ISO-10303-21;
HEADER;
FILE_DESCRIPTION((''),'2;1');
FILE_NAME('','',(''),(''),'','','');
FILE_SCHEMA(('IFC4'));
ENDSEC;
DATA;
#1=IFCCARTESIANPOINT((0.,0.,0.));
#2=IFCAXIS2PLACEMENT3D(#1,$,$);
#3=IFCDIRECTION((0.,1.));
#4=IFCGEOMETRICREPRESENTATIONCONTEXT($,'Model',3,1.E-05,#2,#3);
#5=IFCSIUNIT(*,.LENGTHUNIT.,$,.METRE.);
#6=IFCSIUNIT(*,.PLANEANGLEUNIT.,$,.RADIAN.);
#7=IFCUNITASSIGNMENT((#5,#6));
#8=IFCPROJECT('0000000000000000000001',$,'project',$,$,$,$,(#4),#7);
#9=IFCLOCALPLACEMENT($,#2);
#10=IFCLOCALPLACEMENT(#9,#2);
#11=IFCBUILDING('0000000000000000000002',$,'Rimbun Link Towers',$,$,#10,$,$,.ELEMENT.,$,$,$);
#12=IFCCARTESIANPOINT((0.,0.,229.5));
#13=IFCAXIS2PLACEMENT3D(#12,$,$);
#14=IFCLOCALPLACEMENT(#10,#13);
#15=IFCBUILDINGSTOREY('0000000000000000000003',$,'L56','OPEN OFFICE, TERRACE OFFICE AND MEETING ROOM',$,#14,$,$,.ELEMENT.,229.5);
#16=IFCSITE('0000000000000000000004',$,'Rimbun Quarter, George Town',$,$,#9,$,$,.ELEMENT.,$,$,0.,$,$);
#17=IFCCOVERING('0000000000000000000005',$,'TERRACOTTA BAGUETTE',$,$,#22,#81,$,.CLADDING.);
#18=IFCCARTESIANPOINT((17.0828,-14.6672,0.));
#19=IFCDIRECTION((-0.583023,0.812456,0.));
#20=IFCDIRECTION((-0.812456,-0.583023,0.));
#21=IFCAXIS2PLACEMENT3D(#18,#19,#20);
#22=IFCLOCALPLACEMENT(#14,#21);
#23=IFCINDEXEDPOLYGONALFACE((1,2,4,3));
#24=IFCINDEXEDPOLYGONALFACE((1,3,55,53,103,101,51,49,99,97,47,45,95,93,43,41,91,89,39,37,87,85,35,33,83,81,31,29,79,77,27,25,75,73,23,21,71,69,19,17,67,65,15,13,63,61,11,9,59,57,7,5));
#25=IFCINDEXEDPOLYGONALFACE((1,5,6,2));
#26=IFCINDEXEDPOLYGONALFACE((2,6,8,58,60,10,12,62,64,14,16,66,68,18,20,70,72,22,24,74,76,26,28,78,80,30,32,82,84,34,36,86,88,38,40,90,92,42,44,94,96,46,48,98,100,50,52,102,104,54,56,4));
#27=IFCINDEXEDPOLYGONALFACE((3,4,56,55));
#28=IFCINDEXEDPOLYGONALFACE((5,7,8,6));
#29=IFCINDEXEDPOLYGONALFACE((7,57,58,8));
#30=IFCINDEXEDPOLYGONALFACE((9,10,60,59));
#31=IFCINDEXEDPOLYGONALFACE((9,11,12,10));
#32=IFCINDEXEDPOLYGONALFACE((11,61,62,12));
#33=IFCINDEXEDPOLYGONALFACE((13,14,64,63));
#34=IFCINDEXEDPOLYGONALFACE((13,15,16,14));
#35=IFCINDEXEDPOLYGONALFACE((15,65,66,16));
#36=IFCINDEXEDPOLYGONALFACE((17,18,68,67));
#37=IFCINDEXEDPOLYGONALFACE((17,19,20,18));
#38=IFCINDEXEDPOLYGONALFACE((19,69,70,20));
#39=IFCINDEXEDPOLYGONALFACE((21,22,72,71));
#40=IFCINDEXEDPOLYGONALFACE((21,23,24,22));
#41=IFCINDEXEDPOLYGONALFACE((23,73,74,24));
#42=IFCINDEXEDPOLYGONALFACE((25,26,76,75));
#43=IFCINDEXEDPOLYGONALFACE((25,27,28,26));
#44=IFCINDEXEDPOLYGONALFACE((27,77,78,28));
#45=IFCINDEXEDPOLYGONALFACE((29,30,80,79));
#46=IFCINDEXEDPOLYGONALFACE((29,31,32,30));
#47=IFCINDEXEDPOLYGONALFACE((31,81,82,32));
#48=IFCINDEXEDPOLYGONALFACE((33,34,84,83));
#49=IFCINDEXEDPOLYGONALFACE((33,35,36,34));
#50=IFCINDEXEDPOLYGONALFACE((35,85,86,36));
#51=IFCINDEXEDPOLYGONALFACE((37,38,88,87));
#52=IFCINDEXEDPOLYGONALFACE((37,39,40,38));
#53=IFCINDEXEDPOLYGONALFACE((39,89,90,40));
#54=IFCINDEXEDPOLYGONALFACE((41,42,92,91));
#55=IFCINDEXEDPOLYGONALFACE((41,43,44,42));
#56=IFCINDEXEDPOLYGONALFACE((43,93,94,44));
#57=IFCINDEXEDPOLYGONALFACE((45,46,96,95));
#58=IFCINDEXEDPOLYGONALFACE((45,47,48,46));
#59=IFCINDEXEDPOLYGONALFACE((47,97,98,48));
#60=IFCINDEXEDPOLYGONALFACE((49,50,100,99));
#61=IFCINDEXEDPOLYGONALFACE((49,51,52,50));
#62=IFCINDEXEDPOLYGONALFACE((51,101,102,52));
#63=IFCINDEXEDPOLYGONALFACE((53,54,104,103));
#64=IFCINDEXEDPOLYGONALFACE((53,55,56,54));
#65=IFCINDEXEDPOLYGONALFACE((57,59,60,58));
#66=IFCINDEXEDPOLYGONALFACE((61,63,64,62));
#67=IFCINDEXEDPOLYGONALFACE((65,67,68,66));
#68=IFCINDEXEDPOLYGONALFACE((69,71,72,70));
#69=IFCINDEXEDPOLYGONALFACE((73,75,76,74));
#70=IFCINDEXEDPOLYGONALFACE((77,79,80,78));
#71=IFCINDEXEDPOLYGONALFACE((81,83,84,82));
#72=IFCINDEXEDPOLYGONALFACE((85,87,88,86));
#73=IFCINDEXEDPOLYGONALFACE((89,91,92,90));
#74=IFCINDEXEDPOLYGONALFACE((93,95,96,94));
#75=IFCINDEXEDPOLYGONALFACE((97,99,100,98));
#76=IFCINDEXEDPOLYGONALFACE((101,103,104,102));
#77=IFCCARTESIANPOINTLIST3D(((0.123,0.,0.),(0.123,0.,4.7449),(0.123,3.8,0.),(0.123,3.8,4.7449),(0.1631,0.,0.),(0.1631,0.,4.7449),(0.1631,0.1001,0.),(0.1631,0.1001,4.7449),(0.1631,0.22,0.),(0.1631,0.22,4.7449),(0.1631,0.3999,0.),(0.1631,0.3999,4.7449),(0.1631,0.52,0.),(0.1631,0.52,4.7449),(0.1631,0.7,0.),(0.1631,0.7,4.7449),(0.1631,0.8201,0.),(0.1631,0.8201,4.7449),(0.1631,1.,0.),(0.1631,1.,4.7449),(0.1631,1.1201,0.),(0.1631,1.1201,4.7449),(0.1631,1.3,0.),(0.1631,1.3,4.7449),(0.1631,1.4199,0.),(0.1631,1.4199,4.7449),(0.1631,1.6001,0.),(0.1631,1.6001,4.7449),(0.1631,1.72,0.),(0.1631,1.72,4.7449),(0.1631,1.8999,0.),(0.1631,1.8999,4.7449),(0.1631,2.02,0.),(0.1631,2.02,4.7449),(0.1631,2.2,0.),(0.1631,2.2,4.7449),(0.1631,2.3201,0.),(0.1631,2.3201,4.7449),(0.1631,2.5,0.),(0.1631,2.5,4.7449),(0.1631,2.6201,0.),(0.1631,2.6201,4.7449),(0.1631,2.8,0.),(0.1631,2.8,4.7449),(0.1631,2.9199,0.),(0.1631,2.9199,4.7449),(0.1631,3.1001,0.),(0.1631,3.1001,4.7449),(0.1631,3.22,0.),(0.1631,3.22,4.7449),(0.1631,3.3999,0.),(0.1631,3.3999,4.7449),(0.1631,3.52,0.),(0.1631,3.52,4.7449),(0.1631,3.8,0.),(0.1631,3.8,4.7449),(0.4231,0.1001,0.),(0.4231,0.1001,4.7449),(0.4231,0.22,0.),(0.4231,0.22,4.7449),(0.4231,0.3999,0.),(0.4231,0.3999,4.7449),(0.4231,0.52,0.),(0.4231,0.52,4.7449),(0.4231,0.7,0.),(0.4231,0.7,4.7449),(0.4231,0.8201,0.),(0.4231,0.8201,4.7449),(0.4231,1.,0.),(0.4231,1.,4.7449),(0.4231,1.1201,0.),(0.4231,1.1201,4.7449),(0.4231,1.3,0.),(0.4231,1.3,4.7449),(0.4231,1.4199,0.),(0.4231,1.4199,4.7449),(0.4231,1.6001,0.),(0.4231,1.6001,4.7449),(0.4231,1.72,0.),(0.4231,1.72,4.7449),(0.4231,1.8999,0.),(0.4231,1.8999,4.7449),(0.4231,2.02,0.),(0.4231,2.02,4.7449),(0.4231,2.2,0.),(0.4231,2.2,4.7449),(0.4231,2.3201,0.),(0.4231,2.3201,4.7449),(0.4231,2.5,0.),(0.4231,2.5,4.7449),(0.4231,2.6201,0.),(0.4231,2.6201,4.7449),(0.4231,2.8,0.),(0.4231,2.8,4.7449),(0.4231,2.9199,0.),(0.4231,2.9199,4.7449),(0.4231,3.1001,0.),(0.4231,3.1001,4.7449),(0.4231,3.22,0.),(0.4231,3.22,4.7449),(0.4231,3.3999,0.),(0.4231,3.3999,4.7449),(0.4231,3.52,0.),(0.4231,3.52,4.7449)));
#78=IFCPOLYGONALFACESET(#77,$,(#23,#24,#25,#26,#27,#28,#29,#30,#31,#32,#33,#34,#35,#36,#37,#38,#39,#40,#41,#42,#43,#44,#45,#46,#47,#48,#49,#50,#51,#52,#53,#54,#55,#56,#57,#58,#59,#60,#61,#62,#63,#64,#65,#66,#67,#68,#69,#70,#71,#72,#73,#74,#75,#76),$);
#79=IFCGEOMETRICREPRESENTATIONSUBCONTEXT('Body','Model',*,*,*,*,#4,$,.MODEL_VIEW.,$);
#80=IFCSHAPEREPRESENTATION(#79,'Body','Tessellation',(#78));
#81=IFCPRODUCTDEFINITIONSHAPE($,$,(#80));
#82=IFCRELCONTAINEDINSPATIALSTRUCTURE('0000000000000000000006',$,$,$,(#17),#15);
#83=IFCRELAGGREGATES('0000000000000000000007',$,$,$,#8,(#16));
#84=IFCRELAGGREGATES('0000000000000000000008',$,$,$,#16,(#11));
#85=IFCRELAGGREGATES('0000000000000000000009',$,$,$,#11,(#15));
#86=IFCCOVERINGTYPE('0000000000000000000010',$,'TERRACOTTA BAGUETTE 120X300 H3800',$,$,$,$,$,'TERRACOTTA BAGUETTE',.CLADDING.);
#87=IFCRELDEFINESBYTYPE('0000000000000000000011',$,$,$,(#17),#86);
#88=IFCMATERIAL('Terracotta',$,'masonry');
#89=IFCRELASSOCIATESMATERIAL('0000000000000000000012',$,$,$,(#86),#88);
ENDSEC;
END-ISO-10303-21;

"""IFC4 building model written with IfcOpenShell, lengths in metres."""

from ifc_helpers import new_model, si_unit, direction, frame, origin, place, context, subcontext, project, spatial, polyline, outline, extrude, material, material_profile, profile_set, type_object, element, save


model = new_model("IFC4")

# Units and contexts
model_context = context("Model", 3, precision=1e-05, world=origin(), true_north=direction((0.0, 1.0)))
body_context = subcontext(model_context, "Body", "Model", "MODEL_VIEW")
ifc_project = project(units=[si_unit("LENGTHUNIT", "METRE"), si_unit("PLANEANGLEUNIT", "RADIAN")], contexts=[model_context])

# Site, building, storey
site_placement = place(None, origin())
site = spatial("IfcSite", under=ifc_project, at=site_placement, Name="Rimbun Quarter, George Town", CompositionType="ELEMENT", RefElevation=0.0)
building_placement = place(site_placement, origin())
building = spatial("IfcBuilding", under=site, at=building_placement, Name="Rimbun Link Towers", CompositionType="ELEMENT")
storey_placement = place(building_placement, frame((0.0, 0.0, 229.5)))
storey = spatial("IfcBuildingStorey", under=building, at=storey_placement, Name="L56", Description="OPEN OFFICE, TERRACE OFFICE AND MEETING ROOM", CompositionType="ELEMENT", Elevation=229.5)

# Covering
ifc_material_1 = material(Name="Terracotta", Category="masonry")
ifc_material_profile_1 = material_profile(ifc_material_1, outline(polyline([(0.123, 0.0), (0.1631, 0.0), (0.1631, 0.1001), (0.4231, 0.1001), (0.4231, 0.22), (0.1631, 0.22), (0.1631, 0.3999), (0.4231, 0.3999), (0.4231, 0.52), (0.1631, 0.52), (0.1631, 0.7), (0.4231, 0.7), (0.4231, 0.8201), (0.1631, 0.8201), (0.1631, 1.0), (0.4231, 1.0), (0.4231, 1.1201), (0.1631, 1.1201), (0.1631, 1.3), (0.4231, 1.3), (0.4231, 1.4199), (0.1631, 1.4199), (0.1631, 1.6001), (0.4231, 1.6001), (0.4231, 1.72), (0.1631, 1.72), (0.1631, 1.8999), (0.4231, 1.8999), (0.4231, 2.02), (0.1631, 2.02), (0.1631, 2.2), (0.4231, 2.2), (0.4231, 2.3201), (0.1631, 2.3201), (0.1631, 2.5), (0.4231, 2.5), (0.4231, 2.6201), (0.1631, 2.6201), (0.1631, 2.8), (0.4231, 2.8), (0.4231, 2.9199), (0.1631, 2.9199), (0.1631, 3.1001), (0.4231, 3.1001), (0.4231, 3.22), (0.1631, 3.22), (0.1631, 3.3999), (0.4231, 3.3999), (0.4231, 3.52), (0.1631, 3.52), (0.1631, 3.8), (0.123, 3.8), (0.123, 0.0)])), Name="BAGUETTE 120X300")
ifc_profile_set_1 = profile_set([ifc_material_profile_1], Name="Terracotta")
covering_type = type_object("IfcCoveringType", Name="TERRACOTTA BAGUETTE 120X300 H3800", ElementType="TERRACOTTA BAGUETTE", PredefinedType="CLADDING", material=ifc_profile_set_1)
covering_placement = place(storey_placement, frame((17.0828, -14.6672, 0.0), z_axis=(-0.583023, 0.812456, 0.0), x_axis=(-0.812456, -0.583023, 0.0)))
element("IfcCovering", 1, at=covering_placement, inside=storey, type_object=covering_type, Name="TERRACOTTA BAGUETTE", PredefinedType="CLADDING", context=body_context, shape_type="SweptSolid", body=[
    extrude(outline(polyline([(0.123, 0.0), (0.1631, 0.0), (0.1631, 0.1001), (0.4231, 0.1001), (0.4231, 0.22), (0.1631, 0.22), (0.1631, 0.3999), (0.4231, 0.3999), (0.4231, 0.52), (0.1631, 0.52), (0.1631, 0.7), (0.4231, 0.7), (0.4231, 0.8201), (0.1631, 0.8201), (0.1631, 1.0), (0.4231, 1.0), (0.4231, 1.1201), (0.1631, 1.1201), (0.1631, 1.3), (0.4231, 1.3), (0.4231, 1.4199), (0.1631, 1.4199), (0.1631, 1.6001), (0.4231, 1.6001), (0.4231, 1.72), (0.1631, 1.72), (0.1631, 1.8999), (0.4231, 1.8999), (0.4231, 2.02), (0.1631, 2.02), (0.1631, 2.2), (0.4231, 2.2), (0.4231, 2.3201), (0.1631, 2.3201), (0.1631, 2.5), (0.4231, 2.5), (0.4231, 2.6201), (0.1631, 2.6201), (0.1631, 2.8), (0.4231, 2.8), (0.4231, 2.9199), (0.1631, 2.9199), (0.1631, 3.1001), (0.4231, 3.1001), (0.4231, 3.22), (0.1631, 3.22), (0.1631, 3.3999), (0.4231, 3.3999), (0.4231, 3.52), (0.1631, 3.52), (0.1631, 3.8), (0.123, 3.8), (0.123, 0.0)])), origin(), (0.0, 0.0, 1.0), 4.7449),
])

save(model, "model.ifc")
